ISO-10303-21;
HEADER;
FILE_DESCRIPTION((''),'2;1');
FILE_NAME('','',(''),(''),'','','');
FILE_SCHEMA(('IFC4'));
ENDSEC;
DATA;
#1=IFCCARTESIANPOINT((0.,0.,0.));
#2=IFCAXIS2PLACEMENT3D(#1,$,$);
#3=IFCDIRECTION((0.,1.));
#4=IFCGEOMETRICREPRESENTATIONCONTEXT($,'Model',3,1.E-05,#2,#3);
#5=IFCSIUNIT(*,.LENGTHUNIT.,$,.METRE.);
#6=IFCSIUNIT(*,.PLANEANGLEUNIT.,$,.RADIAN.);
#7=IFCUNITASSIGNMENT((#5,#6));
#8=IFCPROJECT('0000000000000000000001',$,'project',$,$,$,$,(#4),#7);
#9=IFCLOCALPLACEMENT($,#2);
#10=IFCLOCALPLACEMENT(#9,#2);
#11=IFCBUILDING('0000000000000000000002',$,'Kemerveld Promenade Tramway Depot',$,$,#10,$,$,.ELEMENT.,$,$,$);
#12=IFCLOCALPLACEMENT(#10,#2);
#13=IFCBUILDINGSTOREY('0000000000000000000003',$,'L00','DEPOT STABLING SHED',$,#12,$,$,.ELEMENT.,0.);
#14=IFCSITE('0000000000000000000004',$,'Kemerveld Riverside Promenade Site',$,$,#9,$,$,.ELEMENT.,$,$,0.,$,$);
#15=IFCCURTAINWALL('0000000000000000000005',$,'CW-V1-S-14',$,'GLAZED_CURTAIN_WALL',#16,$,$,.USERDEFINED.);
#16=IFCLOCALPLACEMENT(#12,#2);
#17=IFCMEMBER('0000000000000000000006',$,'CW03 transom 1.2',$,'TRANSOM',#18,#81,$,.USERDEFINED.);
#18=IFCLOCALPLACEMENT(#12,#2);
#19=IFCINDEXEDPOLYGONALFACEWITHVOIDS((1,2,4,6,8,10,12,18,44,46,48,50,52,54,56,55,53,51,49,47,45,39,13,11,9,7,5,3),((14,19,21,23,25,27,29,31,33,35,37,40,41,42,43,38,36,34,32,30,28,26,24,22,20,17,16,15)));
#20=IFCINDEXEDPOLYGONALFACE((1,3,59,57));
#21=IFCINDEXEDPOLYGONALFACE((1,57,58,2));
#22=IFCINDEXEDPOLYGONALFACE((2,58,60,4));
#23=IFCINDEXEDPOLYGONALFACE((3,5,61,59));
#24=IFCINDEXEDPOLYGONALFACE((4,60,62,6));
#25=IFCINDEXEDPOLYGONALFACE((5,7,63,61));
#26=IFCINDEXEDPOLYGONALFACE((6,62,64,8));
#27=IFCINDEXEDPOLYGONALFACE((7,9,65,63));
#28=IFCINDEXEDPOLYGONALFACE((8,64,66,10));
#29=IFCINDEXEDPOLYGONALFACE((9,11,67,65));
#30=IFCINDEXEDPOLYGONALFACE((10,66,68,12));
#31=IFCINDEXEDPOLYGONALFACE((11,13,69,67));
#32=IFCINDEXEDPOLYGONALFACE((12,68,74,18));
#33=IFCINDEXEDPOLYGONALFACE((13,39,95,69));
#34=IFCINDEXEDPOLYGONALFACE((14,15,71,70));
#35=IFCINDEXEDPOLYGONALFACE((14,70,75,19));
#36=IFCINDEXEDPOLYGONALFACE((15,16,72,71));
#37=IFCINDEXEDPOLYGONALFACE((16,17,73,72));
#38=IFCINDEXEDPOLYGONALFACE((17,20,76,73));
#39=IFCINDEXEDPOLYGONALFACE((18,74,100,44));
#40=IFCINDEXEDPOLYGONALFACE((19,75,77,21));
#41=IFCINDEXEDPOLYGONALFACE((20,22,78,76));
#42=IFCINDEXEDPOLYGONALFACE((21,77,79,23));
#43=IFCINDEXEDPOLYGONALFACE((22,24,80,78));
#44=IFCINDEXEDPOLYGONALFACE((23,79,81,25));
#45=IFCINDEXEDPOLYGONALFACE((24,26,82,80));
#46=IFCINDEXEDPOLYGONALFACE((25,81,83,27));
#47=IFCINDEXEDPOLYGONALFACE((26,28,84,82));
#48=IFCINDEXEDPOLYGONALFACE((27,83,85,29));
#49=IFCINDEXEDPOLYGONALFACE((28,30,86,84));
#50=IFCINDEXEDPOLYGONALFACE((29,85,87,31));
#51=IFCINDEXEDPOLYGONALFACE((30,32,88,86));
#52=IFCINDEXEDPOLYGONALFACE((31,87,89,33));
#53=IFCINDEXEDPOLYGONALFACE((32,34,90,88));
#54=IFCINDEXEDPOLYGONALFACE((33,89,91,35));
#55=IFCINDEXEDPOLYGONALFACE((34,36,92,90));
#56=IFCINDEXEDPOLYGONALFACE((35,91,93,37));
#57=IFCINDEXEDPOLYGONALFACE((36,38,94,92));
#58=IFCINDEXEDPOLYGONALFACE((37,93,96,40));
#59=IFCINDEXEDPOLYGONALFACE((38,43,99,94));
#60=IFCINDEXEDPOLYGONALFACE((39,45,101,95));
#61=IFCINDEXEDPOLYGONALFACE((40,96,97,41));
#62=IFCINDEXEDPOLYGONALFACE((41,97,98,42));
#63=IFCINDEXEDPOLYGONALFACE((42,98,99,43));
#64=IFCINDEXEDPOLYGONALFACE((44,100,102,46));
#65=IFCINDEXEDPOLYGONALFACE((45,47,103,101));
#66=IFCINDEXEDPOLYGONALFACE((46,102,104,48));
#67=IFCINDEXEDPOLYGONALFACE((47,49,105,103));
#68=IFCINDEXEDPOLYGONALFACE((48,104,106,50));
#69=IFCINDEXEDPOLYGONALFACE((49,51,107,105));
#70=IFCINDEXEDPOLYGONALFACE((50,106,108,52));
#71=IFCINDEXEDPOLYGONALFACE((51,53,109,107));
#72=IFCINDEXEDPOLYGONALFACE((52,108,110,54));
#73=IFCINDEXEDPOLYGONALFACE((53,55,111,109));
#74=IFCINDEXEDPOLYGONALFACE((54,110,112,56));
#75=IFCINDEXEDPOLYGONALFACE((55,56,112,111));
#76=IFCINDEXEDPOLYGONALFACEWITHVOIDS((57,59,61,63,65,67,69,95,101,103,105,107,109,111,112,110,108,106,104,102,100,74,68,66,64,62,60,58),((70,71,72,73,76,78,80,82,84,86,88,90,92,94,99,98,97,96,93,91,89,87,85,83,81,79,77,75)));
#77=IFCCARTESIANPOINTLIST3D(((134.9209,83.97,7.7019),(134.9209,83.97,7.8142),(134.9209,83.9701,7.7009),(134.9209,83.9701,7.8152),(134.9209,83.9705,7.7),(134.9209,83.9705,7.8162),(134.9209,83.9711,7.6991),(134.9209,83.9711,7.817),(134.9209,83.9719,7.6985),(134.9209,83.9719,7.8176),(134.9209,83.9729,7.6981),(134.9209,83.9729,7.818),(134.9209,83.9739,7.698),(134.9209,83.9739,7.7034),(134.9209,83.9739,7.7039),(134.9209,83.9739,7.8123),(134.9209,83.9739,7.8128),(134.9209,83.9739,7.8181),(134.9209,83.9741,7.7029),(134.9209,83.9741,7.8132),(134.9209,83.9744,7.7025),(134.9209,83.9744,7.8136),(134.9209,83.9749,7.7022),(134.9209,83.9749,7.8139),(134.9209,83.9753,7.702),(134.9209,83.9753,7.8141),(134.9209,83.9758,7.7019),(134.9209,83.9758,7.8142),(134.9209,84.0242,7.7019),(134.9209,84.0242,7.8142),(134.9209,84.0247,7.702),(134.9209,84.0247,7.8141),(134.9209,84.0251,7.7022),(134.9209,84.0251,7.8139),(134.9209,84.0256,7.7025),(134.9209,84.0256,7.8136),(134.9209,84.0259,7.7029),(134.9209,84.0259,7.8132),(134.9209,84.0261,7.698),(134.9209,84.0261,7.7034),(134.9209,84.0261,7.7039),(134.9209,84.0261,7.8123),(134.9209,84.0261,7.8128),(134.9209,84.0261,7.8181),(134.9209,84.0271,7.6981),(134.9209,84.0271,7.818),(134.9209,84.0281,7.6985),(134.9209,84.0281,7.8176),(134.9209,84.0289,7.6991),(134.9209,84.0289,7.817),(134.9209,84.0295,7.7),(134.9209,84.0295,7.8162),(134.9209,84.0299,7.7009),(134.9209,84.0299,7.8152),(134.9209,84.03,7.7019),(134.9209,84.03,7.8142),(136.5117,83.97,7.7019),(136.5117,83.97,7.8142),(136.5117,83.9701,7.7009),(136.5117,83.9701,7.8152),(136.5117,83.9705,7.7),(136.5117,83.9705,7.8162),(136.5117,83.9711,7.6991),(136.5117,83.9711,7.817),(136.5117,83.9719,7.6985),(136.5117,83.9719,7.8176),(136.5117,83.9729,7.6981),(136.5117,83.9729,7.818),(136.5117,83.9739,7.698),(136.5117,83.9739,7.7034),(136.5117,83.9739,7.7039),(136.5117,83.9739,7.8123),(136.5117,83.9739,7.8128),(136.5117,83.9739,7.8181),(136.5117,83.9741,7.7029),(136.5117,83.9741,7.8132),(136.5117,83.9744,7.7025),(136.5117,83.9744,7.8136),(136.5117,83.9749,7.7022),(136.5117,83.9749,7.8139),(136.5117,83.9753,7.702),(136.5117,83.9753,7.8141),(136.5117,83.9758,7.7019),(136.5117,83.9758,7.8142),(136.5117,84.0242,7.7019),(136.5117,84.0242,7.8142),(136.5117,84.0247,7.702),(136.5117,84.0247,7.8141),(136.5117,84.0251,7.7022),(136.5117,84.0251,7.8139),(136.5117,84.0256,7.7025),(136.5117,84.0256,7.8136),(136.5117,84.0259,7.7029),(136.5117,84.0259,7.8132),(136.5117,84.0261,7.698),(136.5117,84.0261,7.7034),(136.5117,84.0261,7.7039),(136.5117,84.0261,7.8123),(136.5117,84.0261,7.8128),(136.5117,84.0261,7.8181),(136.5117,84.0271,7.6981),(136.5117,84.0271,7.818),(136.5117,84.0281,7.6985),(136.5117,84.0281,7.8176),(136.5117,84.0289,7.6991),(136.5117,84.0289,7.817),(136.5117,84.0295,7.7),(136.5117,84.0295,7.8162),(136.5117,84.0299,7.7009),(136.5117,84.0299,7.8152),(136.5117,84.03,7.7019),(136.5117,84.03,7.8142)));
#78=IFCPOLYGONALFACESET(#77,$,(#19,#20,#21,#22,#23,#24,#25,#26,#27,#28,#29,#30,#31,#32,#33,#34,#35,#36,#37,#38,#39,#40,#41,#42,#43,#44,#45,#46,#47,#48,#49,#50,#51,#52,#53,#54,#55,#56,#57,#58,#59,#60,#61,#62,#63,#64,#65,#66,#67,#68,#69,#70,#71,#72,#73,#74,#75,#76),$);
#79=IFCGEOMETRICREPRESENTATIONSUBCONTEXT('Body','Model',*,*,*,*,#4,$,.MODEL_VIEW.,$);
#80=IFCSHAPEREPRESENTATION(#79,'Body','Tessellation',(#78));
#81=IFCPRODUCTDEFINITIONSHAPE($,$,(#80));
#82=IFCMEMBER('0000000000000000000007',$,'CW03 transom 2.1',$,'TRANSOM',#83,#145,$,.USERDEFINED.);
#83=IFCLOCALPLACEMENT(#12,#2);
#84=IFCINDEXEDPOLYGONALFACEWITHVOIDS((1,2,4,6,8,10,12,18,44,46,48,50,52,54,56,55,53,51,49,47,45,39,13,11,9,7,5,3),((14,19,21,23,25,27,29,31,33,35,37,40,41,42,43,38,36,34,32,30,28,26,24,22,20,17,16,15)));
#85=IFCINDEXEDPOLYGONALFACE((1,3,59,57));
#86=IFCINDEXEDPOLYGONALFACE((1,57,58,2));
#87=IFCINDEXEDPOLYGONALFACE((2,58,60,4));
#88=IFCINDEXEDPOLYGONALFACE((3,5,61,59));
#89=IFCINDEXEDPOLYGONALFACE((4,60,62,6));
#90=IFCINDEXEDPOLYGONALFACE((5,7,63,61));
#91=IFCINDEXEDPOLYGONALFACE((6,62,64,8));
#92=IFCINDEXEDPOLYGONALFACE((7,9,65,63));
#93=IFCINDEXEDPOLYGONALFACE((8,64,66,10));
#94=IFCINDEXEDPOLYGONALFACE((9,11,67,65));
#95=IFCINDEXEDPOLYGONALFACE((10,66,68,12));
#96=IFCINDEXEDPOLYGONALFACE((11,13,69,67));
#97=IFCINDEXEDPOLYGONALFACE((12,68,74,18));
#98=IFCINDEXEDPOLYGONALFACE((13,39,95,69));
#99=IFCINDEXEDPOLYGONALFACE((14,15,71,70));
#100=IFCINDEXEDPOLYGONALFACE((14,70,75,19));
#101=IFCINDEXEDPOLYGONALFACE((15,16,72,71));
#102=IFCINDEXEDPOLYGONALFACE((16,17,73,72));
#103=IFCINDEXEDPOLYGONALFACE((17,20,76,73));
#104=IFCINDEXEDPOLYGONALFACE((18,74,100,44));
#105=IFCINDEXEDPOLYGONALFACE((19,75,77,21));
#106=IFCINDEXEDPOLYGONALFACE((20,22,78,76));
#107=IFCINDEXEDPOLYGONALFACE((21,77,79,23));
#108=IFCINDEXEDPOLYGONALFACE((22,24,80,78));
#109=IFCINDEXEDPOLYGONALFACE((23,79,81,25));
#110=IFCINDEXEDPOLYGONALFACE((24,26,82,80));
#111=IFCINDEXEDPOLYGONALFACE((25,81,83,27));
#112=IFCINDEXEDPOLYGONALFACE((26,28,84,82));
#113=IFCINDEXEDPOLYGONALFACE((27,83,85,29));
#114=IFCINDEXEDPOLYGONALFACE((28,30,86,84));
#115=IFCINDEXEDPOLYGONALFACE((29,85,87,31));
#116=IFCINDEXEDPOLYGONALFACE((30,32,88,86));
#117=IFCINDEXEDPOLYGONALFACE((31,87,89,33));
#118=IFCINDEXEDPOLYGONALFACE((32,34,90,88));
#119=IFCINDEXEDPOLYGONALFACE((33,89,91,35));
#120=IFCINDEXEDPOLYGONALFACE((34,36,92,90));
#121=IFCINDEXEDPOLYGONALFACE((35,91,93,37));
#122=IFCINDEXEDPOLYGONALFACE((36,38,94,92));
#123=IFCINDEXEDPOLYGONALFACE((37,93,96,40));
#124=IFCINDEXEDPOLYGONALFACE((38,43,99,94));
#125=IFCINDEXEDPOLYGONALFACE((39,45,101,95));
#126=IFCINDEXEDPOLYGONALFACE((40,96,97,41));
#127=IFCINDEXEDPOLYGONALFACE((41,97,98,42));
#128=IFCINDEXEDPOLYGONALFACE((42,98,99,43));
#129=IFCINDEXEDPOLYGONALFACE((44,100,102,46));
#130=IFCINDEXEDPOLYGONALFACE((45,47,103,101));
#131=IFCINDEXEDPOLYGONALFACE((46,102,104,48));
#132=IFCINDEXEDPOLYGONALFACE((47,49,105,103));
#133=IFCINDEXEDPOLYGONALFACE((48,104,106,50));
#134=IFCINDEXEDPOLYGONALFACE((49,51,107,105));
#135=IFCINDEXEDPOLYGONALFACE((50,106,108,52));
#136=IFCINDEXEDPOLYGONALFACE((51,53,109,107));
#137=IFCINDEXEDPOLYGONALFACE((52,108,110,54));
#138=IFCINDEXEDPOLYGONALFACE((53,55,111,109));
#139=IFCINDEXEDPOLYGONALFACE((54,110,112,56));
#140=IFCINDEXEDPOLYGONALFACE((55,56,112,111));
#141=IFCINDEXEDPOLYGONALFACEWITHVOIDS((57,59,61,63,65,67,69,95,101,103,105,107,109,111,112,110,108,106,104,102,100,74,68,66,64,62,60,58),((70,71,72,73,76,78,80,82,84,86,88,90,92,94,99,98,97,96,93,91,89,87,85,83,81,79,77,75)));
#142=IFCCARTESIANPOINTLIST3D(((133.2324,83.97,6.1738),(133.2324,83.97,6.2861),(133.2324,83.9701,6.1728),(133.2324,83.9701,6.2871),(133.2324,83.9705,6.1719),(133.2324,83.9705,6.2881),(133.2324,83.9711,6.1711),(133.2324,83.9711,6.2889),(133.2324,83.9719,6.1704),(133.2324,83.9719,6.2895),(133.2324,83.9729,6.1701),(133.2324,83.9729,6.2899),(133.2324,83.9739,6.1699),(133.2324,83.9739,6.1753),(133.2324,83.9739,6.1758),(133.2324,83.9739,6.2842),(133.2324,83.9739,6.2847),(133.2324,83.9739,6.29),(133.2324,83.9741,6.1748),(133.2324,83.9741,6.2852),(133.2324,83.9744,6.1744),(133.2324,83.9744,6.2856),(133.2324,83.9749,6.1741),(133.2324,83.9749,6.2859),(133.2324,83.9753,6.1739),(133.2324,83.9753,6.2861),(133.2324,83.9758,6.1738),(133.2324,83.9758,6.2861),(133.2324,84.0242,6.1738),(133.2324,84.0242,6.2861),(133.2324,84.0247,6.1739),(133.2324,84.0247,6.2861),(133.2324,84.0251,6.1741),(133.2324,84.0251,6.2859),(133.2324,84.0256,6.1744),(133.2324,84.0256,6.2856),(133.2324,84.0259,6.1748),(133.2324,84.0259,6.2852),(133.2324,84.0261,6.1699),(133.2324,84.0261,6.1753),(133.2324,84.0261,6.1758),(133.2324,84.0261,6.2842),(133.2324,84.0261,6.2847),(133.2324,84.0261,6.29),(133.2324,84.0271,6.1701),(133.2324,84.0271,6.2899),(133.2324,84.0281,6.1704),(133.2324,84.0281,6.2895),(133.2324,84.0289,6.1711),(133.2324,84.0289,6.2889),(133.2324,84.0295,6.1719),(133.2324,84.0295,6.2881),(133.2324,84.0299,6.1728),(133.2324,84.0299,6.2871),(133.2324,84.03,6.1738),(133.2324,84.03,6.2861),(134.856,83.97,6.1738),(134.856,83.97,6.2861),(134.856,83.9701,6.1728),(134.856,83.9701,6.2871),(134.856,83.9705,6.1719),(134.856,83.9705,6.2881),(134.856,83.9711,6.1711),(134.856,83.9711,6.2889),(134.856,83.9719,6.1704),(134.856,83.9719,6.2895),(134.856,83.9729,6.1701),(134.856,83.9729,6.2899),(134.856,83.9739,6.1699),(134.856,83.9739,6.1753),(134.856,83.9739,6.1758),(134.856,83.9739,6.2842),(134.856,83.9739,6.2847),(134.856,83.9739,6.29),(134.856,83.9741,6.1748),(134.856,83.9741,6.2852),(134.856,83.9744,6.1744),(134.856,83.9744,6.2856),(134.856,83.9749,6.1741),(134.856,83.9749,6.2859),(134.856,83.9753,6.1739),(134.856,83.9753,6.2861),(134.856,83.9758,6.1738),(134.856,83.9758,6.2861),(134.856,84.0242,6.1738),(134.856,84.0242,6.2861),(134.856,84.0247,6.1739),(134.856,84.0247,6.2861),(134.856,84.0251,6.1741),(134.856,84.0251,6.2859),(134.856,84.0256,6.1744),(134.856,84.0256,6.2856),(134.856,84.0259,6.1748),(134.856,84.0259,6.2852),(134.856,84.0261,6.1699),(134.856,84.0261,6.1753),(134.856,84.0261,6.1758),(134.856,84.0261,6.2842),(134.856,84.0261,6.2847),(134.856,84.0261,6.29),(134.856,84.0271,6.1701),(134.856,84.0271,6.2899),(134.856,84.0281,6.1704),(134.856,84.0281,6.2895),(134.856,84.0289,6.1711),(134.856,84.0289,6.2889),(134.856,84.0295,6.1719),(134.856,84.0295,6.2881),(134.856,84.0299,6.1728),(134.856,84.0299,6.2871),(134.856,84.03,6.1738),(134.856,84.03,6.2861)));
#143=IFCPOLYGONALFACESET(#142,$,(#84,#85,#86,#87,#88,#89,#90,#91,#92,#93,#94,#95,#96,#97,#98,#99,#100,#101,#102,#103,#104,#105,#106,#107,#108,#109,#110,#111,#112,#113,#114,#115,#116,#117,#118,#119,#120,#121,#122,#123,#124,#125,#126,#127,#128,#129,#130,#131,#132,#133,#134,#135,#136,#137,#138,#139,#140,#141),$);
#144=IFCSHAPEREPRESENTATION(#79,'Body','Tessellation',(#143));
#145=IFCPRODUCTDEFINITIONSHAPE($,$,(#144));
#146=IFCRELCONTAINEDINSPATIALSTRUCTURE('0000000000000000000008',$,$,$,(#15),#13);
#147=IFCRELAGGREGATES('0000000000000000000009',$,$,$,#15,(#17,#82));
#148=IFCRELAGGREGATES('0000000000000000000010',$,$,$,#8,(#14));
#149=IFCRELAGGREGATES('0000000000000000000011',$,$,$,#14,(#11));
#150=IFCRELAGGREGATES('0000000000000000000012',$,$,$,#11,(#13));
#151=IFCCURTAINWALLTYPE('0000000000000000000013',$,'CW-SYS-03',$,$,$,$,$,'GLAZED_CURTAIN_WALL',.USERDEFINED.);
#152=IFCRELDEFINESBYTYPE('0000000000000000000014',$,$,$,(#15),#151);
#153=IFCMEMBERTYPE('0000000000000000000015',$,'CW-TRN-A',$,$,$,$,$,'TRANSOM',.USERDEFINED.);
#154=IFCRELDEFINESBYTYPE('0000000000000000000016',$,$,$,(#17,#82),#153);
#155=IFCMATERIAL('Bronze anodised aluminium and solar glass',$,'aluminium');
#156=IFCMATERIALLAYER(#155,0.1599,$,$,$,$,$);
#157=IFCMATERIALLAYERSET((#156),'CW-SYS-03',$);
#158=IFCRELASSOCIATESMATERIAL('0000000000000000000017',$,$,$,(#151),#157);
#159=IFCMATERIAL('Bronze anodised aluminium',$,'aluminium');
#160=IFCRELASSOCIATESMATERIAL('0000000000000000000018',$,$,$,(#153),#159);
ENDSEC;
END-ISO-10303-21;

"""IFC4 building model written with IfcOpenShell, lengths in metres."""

from ifc_helpers import new_model, si_unit, direction, frame, origin, origin_2d, place, context, subcontext, project, spatial, hollow_rectangle, extrude, material, layer, layer_set, material_profile, profile_set, type_object, element, aggregate, save


model = new_model("IFC4")

# Units and contexts
model_context = context("Model", 3, precision=1e-05, world=origin(), true_north=direction((0.0, 1.0)))
body_context = subcontext(model_context, "Body", "Model", "MODEL_VIEW")
ifc_project = project(units=[si_unit("LENGTHUNIT", "METRE"), si_unit("PLANEANGLEUNIT", "RADIAN")], contexts=[model_context])

# Site, building, storey
site_placement = place(None, origin())
site = spatial("IfcSite", under=ifc_project, at=site_placement, Name="Kemerveld Riverside Promenade Site", CompositionType="ELEMENT", RefElevation=0.0)
building_placement = place(site_placement, origin())
building = spatial("IfcBuilding", under=site, at=building_placement, Name="Kemerveld Promenade Tramway Depot", CompositionType="ELEMENT")
storey_placement = place(building_placement, origin())
storey = spatial("IfcBuildingStorey", under=building, at=storey_placement, Name="L00", Description="DEPOT STABLING SHED", CompositionType="ELEMENT", Elevation=0.0)

# Curtain wall
ifc_material_1 = material(Name="Bronze anodised aluminium and solar glass", Category="aluminium")
ifc_layer_1 = layer(ifc_material_1, 0.1599)
ifc_layer_set_1 = layer_set([ifc_layer_1], Name="CW-SYS-03")
curtain_wall_type_1 = type_object("IfcCurtainWallType", Name="CW-SYS-03", ElementType="GLAZED_CURTAIN_WALL", PredefinedType="USERDEFINED", material=ifc_layer_set_1)
curtain_wall_1_placement = place(storey_placement, origin())
curtain_wall_1 = element("IfcCurtainWall", 1, at=curtain_wall_1_placement, inside=storey, type_object=curtain_wall_type_1, Name="CW-V1-S-14", ObjectType="GLAZED_CURTAIN_WALL", PredefinedType="USERDEFINED")
ifc_material_2 = material(Name="Bronze anodised aluminium", Category="aluminium")

# Members
ifc_material_profile_1 = material_profile(ifc_material_2, hollow_rectangle(XDim=0.0601, YDim=0.1201, WallThickness=0.0039, InnerFilletRadius=0.002, OuterFilletRadius=0.0039, at=origin_2d()), Name="CW-TRN-120x60")
ifc_profile_set_1 = profile_set([ifc_material_profile_1], Name="Bronze anodised aluminium")
member_type_1 = type_object("IfcMemberType", Name="CW-TRN-A", ElementType="TRANSOM", PredefinedType="USERDEFINED", material=ifc_profile_set_1)
member_1_placement = place(storey_placement, frame((136.5117, 84.0, 7.7581), z_axis=(-1.0, 0.0, 0.0), x_axis=(0.0, -1.0, 0.0)))
member_1 = element("IfcMember", 2, at=member_1_placement, type_object=member_type_1, Name="CW03 transom 1.2", ObjectType="TRANSOM", PredefinedType="USERDEFINED", context=body_context, shape_type="SweptSolid", body=[
    extrude(hollow_rectangle(XDim=0.0601, YDim=0.1201, WallThickness=0.0039, InnerFilletRadius=0.002, OuterFilletRadius=0.0039, at=origin_2d()), origin(), (0.0, 0.0, 1.0), 1.5908),
])
member_2_placement = place(storey_placement, frame((134.856, 84.0, 6.23), z_axis=(-1.0, 0.0, 0.0), x_axis=(0.0, -1.0, 0.0)))
member_2 = element("IfcMember", 3, at=member_2_placement, type_object=member_type_1, Name="CW03 transom 2.1", ObjectType="TRANSOM", PredefinedType="USERDEFINED", context=body_context, shape_type="SweptSolid", body=[
    extrude(hollow_rectangle(XDim=0.0601, YDim=0.1201, WallThickness=0.0039, InnerFilletRadius=0.002, OuterFilletRadius=0.0039, at=origin_2d()), origin(), (0.0, 0.0, 1.0), 1.6235),
])

aggregate(curtain_wall_1, [member_1, member_2])

save(model, "model.ifc")
